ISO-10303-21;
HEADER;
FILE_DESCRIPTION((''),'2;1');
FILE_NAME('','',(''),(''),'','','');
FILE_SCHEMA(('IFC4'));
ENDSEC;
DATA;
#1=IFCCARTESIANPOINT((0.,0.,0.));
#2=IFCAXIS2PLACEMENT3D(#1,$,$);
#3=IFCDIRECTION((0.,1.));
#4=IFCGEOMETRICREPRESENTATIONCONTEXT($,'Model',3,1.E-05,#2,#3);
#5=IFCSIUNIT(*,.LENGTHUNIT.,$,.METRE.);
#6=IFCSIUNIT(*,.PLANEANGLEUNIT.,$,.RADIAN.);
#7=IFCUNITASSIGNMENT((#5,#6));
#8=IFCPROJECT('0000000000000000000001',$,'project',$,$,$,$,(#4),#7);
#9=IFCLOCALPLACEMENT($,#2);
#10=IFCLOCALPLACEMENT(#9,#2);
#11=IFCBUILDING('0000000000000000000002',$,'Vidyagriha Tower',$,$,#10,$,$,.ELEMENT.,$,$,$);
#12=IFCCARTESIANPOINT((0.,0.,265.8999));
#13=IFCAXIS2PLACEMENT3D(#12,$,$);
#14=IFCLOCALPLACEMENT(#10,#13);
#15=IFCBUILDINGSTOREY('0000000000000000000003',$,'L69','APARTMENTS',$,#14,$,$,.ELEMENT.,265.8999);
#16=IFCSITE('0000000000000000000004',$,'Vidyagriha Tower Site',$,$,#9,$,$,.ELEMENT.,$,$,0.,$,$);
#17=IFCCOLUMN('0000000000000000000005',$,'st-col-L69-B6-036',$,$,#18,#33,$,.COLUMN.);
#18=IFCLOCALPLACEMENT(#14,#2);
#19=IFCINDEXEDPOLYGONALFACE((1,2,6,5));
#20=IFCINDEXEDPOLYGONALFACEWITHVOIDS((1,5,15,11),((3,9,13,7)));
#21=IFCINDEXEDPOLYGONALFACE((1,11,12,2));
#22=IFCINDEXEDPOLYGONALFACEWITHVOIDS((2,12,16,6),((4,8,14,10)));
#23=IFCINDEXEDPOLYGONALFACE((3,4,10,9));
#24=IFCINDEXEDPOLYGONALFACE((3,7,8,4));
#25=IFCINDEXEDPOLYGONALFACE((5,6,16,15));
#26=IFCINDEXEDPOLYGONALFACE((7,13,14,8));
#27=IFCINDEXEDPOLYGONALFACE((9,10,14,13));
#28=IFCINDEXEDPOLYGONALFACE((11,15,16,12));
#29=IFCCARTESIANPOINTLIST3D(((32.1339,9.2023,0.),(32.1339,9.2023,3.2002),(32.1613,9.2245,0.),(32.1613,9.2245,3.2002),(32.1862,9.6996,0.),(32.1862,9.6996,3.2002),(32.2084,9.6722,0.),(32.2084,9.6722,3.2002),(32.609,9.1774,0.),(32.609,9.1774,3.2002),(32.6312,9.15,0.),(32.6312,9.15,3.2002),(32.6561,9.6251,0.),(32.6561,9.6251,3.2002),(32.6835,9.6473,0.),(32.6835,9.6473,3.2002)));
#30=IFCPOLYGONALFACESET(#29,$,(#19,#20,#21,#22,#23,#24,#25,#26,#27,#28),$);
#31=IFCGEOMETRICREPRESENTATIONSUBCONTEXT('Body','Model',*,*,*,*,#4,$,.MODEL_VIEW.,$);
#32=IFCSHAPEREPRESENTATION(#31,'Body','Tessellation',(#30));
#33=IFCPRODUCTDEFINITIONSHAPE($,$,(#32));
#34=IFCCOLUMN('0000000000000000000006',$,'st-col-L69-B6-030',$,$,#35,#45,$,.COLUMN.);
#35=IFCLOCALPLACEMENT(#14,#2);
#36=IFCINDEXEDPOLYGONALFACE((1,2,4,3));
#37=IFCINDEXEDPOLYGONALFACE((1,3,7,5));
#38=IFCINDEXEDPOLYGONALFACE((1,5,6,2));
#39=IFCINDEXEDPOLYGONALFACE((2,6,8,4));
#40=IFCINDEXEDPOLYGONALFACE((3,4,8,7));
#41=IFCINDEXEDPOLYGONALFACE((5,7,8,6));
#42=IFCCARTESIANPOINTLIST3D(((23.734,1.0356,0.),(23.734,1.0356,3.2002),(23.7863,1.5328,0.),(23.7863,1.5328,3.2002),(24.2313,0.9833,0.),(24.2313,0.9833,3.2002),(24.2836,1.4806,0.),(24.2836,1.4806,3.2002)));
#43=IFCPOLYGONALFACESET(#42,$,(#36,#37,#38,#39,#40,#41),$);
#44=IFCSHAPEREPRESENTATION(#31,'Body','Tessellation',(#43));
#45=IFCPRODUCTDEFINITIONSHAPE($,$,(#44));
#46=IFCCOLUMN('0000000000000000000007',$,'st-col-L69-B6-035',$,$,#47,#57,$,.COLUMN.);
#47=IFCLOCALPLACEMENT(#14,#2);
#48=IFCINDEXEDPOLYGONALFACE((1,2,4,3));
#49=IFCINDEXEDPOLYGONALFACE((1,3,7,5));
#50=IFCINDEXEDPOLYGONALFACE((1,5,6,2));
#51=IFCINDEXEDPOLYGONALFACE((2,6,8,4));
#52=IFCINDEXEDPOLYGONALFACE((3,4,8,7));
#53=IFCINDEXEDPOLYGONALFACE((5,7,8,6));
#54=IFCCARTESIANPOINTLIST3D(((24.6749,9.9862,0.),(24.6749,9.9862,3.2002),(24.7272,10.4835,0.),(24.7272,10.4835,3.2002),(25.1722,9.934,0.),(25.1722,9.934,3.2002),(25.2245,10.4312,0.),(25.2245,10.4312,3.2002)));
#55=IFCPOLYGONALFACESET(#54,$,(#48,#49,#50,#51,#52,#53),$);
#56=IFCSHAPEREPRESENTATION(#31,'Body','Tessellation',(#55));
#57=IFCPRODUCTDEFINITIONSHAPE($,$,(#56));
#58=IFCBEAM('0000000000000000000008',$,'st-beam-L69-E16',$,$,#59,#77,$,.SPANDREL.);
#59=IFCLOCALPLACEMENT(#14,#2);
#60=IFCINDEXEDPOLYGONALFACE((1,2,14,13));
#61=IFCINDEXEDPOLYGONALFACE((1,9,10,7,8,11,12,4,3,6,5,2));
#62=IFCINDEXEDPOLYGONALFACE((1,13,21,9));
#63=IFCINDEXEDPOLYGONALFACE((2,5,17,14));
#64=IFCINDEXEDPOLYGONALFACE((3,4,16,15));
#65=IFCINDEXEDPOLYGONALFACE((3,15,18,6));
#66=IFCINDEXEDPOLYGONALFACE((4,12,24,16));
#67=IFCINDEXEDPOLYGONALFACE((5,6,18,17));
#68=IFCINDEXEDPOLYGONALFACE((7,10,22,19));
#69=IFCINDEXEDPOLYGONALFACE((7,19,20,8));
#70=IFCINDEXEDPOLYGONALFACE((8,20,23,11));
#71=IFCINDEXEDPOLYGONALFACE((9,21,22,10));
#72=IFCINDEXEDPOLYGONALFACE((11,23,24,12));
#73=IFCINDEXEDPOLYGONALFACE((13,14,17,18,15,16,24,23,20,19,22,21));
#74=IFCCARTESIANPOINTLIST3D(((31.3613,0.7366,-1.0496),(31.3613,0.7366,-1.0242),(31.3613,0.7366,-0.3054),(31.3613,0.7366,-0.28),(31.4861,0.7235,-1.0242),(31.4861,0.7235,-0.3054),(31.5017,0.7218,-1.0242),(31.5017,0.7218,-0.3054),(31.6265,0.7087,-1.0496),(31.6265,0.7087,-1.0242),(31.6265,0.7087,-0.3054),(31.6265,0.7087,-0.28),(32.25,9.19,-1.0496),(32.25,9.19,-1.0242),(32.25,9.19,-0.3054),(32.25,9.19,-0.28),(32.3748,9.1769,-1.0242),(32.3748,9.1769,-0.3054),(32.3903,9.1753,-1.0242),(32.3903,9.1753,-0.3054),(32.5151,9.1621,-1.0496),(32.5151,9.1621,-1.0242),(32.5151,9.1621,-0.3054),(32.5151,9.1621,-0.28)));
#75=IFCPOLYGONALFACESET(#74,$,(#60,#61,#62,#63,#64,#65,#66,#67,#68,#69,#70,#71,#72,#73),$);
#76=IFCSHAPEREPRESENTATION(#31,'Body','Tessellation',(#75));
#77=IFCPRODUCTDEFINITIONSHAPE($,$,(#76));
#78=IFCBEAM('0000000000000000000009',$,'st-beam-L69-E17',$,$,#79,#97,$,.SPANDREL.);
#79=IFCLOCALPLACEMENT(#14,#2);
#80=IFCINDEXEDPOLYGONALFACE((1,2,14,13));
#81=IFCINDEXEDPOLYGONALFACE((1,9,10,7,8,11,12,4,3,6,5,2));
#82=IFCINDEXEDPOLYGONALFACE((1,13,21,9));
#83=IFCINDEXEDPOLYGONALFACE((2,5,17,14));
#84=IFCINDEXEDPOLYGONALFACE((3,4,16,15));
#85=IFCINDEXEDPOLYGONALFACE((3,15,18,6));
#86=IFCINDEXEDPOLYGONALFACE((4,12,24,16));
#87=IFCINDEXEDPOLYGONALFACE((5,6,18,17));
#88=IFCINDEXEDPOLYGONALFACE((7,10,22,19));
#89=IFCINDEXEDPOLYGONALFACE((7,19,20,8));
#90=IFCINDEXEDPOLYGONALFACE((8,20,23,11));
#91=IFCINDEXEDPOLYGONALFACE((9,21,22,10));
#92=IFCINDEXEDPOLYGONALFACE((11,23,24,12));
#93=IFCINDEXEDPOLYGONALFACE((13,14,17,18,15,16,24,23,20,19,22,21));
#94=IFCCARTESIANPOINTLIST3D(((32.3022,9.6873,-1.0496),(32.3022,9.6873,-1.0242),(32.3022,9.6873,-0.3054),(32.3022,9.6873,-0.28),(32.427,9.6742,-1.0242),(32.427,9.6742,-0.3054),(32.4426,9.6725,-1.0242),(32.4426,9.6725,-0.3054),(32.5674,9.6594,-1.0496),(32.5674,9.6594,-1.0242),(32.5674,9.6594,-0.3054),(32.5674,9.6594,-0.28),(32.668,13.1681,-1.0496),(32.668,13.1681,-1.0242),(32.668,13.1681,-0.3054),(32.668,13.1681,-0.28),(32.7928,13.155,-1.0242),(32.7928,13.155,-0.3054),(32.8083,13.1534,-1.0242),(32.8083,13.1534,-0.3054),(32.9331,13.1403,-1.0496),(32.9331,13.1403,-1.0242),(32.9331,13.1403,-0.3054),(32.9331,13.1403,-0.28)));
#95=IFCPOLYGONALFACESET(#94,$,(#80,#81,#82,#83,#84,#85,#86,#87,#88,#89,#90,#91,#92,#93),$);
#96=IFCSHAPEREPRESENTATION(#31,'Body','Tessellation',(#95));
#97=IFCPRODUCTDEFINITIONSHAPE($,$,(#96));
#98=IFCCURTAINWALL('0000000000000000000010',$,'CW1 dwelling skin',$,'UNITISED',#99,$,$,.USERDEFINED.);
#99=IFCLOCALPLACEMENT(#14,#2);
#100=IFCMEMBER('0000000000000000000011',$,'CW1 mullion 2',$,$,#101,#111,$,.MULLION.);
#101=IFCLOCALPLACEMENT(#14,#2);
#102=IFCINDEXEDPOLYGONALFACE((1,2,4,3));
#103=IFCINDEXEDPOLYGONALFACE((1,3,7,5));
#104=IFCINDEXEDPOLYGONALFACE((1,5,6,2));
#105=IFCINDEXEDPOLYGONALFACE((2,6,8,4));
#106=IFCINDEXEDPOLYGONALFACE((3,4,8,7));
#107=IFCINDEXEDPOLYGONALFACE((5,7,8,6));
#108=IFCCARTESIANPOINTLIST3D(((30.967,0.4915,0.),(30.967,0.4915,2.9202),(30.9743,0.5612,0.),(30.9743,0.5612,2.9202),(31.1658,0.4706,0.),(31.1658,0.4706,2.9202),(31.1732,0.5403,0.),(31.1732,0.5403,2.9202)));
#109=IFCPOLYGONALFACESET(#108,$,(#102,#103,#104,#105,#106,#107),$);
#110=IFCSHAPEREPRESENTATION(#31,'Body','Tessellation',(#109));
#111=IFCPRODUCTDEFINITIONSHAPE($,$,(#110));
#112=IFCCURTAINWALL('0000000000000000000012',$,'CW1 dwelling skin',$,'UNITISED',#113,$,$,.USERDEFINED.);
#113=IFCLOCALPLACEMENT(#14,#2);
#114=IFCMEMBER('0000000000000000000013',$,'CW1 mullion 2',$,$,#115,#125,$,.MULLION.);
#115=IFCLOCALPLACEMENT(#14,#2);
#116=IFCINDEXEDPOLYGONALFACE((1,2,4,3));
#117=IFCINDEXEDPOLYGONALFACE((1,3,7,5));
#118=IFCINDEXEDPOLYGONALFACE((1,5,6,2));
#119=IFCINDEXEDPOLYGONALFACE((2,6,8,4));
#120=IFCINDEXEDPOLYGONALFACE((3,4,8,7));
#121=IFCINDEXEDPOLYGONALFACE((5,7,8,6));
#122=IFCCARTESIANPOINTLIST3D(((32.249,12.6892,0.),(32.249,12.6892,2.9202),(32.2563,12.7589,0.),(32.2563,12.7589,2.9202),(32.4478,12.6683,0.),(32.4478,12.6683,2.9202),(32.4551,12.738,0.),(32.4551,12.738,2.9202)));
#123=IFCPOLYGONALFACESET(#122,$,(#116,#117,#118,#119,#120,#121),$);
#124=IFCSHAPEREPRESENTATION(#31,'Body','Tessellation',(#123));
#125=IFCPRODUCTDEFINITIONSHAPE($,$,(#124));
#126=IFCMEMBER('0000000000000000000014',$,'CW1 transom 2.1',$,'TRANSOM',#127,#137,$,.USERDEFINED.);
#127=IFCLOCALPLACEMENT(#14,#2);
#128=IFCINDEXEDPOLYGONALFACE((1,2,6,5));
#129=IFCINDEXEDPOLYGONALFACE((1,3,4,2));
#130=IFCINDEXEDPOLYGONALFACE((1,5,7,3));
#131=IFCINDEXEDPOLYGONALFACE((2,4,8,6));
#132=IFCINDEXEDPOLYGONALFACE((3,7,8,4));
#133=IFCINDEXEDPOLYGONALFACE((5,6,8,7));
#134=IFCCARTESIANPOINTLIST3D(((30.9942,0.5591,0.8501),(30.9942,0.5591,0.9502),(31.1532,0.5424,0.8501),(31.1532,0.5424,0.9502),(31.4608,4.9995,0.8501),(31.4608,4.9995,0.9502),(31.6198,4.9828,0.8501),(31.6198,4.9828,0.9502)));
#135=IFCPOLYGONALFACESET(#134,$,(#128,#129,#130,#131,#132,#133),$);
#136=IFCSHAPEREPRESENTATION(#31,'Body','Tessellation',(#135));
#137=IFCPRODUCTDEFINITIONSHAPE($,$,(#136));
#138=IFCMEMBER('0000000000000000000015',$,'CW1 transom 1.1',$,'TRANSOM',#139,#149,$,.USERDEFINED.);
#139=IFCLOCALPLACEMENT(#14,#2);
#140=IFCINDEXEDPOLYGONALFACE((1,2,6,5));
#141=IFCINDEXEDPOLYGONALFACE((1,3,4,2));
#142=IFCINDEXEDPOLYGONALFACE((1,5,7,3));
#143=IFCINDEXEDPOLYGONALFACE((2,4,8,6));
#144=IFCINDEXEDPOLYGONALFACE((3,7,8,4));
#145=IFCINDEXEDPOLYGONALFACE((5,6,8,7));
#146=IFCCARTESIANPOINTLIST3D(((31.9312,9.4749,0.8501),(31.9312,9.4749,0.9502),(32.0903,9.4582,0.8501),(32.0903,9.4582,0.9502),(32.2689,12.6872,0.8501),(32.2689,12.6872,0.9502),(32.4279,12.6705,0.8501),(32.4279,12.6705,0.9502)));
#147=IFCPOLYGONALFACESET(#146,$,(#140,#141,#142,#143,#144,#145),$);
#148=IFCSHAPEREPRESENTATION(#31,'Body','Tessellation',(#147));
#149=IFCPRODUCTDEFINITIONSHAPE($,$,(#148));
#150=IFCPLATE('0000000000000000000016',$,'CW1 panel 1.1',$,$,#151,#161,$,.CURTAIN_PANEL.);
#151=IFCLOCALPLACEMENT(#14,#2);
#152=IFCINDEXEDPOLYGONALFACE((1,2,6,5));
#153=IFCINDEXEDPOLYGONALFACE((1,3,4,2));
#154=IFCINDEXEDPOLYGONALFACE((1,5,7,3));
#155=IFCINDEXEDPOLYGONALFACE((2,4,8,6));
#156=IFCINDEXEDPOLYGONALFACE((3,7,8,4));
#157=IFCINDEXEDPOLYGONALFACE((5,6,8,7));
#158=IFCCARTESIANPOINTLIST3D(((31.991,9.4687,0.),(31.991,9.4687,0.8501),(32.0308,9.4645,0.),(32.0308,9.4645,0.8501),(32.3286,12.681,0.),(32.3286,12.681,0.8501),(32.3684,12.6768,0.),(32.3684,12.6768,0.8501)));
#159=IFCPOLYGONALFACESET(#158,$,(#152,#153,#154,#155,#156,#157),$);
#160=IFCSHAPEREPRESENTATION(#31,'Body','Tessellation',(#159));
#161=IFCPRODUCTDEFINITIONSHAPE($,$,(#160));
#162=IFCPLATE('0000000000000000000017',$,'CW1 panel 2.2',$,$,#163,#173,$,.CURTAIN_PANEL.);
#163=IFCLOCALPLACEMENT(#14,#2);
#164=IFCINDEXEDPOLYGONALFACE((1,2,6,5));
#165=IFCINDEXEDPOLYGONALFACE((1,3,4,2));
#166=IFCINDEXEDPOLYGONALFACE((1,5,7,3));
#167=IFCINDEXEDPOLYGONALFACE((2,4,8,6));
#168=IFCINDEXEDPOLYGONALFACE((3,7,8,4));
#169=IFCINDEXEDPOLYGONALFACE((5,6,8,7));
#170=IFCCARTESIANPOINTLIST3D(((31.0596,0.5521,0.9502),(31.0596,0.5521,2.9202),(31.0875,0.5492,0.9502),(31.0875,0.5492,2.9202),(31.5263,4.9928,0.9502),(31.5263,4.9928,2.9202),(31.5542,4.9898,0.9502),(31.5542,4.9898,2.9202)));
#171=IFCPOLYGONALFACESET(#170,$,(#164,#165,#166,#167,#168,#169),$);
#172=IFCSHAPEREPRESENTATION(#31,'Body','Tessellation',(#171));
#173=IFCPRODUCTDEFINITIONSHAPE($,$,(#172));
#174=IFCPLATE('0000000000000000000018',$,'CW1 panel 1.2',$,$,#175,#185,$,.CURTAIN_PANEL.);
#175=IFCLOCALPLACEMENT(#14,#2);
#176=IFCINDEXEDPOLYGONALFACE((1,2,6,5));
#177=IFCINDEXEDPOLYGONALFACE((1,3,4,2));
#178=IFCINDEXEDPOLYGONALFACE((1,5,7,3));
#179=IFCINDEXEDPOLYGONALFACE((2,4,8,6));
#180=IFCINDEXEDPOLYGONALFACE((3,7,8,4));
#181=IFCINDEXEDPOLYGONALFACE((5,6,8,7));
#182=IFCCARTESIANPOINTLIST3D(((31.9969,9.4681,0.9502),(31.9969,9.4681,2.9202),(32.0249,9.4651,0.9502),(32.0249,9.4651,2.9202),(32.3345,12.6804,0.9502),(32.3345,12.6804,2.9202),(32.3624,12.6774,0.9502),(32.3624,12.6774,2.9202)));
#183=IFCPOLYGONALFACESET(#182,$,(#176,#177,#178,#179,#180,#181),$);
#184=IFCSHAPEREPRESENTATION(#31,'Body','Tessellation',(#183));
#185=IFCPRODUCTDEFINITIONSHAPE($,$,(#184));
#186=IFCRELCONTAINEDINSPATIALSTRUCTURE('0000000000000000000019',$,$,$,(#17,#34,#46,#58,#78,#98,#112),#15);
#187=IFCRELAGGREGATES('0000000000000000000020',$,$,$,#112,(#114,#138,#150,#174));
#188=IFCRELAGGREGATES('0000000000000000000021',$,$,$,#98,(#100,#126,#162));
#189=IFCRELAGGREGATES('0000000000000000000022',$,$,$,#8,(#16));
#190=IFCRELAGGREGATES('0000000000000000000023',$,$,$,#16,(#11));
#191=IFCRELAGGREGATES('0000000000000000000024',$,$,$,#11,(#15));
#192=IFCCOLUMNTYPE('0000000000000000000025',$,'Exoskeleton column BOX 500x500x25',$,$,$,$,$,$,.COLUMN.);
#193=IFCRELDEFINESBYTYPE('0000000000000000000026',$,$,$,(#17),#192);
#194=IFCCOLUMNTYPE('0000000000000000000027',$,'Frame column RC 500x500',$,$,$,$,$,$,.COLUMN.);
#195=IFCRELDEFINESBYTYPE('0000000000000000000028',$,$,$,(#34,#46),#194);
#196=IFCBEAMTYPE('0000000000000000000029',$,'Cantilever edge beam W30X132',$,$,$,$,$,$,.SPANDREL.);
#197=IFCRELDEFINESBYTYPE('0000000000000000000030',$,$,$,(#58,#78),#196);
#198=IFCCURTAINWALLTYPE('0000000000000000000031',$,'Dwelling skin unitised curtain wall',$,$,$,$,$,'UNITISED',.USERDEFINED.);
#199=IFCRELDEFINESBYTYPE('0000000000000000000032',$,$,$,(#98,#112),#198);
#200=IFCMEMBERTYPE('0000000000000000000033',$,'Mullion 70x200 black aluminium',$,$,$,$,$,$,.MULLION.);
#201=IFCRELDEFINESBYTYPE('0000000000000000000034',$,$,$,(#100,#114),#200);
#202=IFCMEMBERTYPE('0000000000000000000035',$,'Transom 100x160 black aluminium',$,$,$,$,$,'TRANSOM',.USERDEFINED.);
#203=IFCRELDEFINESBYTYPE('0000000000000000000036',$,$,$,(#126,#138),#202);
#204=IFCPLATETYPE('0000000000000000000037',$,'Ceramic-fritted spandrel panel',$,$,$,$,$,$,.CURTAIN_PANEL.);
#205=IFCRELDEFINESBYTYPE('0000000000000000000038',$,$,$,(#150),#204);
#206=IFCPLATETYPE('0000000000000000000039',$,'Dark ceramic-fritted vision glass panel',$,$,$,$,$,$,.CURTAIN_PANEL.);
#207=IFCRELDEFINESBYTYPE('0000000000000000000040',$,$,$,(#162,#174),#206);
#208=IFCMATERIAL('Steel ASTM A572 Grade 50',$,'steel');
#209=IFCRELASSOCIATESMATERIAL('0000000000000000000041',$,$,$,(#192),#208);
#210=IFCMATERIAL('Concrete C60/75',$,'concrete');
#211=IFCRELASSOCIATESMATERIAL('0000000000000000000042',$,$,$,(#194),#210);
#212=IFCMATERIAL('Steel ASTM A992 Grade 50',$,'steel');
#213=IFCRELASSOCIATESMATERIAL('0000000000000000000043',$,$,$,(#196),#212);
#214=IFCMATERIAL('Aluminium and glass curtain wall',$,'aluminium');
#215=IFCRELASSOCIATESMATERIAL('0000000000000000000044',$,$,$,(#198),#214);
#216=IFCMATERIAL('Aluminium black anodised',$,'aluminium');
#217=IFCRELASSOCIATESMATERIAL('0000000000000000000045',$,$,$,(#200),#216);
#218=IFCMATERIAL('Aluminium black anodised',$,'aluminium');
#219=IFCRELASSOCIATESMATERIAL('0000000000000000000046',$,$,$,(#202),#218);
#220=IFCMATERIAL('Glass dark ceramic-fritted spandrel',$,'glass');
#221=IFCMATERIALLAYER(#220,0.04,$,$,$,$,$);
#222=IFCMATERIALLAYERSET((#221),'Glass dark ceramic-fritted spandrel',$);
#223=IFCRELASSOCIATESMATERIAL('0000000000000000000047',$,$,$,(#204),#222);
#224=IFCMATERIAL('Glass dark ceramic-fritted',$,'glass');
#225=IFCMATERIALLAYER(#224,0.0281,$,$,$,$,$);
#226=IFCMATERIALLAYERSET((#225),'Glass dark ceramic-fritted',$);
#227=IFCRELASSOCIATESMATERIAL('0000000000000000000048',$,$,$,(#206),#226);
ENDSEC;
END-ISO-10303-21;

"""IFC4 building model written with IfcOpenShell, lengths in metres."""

from ifc_helpers import new_model, si_unit, direction, frame, origin, origin_2d, place, context, subcontext, project, spatial, rectangle, hollow_rectangle, i_section, extrude, material, layer, layer_set, material_profile, profile_set, type_object, element, aggregate, save


model = new_model("IFC4")

# Units and contexts
model_context = context("Model", 3, precision=1e-05, world=origin(), true_north=direction((0.0, 1.0)))
body_context = subcontext(model_context, "Body", "Model", "MODEL_VIEW")
ifc_project = project(units=[si_unit("LENGTHUNIT", "METRE"), si_unit("PLANEANGLEUNIT", "RADIAN")], contexts=[model_context])

# Site, building, storey
site_placement = place(None, origin())
site = spatial("IfcSite", under=ifc_project, at=site_placement, Name="Vidyagriha Tower Site", CompositionType="ELEMENT", RefElevation=0.0)
building_placement = place(site_placement, origin())
building = spatial("IfcBuilding", under=site, at=building_placement, Name="Vidyagriha Tower", CompositionType="ELEMENT")
storey_placement = place(building_placement, frame((0.0, 0.0, 265.8999)))
storey = spatial("IfcBuildingStorey", under=building, at=storey_placement, Name="L69", Description="APARTMENTS", CompositionType="ELEMENT", Elevation=265.8999)

# Columns
ifc_material_1 = material(Name="Steel ASTM A572 Grade 50", Category="steel")
ifc_material_profile_1 = material_profile(ifc_material_1, hollow_rectangle(XDim=0.5, YDim=0.5, WallThickness=0.0249, at=origin_2d()), Name="BOX 500x500x25")
ifc_profile_set_1 = profile_set([ifc_material_profile_1], Name="Steel ASTM A572 Grade 50")
column_type_1 = type_object("IfcColumnType", Name="Exoskeleton column BOX 500x500x25", PredefinedType="COLUMN", material=ifc_profile_set_1)
column_placement = place(storey_placement, frame((32.4087, 9.4248, 0.0), z_axis=(0.0, 0.0, 1.0), x_axis=(0.994522, -0.104528, 0.0)))
element("IfcColumn", 1, at=column_placement, inside=storey, type_object=column_type_1, Name="st-col-L69-B6-036", PredefinedType="COLUMN", context=body_context, shape_type="SweptSolid", body=[
    extrude(hollow_rectangle(XDim=0.5, YDim=0.5, WallThickness=0.0249, at=origin_2d()), origin(), (0.0, 0.0, 1.0), 3.2002),
])
ifc_material_2 = material(Name="Concrete C60/75", Category="concrete")
ifc_material_profile_2 = material_profile(ifc_material_2, rectangle(XDim=0.5, YDim=0.5, at=origin_2d()), Name="RC 500x500")
ifc_profile_set_2 = profile_set([ifc_material_profile_2], Name="Concrete C60/75")
column_type_2 = type_object("IfcColumnType", Name="Frame column RC 500x500", PredefinedType="COLUMN", material=ifc_profile_set_2)
for number, where, z_axis, x_axis, name in (
    (2, (24.0088, 1.2581, 0.0), (0.0, 0.0, 1.0), (0.994522, -0.104528, 0.0), "st-col-L69-B6-030"),
    (3, (24.9497, 10.2087, 0.0), (0.0, 0.0, 1.0), (0.994522, -0.104528, 0.0), "st-col-L69-B6-035"),
):
    element("IfcColumn", number, at=place(storey_placement, frame(where, z_axis=z_axis, x_axis=x_axis)), inside=storey, type_object=column_type_2, Name=name, PredefinedType="COLUMN", context=body_context, shape_type="SweptSolid", body=[
        extrude(rectangle(XDim=0.5, YDim=0.5, at=origin_2d()), origin(), (0.0, 0.0, 1.0), 3.2002),
    ])

# Beams
ifc_material_3 = material(Name="Steel ASTM A992 Grade 50", Category="steel")
ifc_material_profile_3 = material_profile(ifc_material_3, i_section(OverallWidth=0.2666, OverallDepth=0.7695, WebThickness=0.0156, FlangeThickness=0.0254, at=origin_2d()), Name="W30X132")
ifc_profile_set_3 = profile_set([ifc_material_profile_3], Name="Steel ASTM A992 Grade 50")
beam_type = type_object("IfcBeamType", Name="Cantilever edge beam W30X132", PredefinedType="SPANDREL", material=ifc_profile_set_3)
beam_1_placement = place(storey_placement, frame((31.4939, 0.7227, -0.6648), z_axis=(0.10455, 0.99452, 0.0), x_axis=(-0.99452, 0.10455, 0.0)))
element("IfcBeam", 4, at=beam_1_placement, inside=storey, type_object=beam_type, Name="st-beam-L69-E16", PredefinedType="SPANDREL", context=body_context, shape_type="SweptSolid", body=[
    extrude(i_section(OverallWidth=0.2666, OverallDepth=0.7695, WebThickness=0.0156, FlangeThickness=0.0254, at=origin_2d()), origin(), (0.0, 0.0, 1.0), 8.5),
])
beam_2_placement = place(storey_placement, frame((32.4348, 9.6733, -0.6648), z_axis=(0.104489, 0.994526, 0.0), x_axis=(-0.994526, 0.104489, 0.0)))
element("IfcBeam", 5, at=beam_2_placement, inside=storey, type_object=beam_type, Name="st-beam-L69-E17", PredefinedType="SPANDREL", context=body_context, shape_type="SweptSolid", body=[
    extrude(i_section(OverallWidth=0.2666, OverallDepth=0.7695, WebThickness=0.0156, FlangeThickness=0.0254, at=origin_2d()), origin(), (0.0, 0.0, 1.0), 3.5),
])

# Curtain walls, members
ifc_material_4 = material(Name="Aluminium and glass curtain wall", Category="aluminium")
curtain_wall_type = type_object("IfcCurtainWallType", Name="Dwelling skin unitised curtain wall", ElementType="UNITISED", PredefinedType="USERDEFINED", material=ifc_material_4)
curtain_wall_1_placement = place(storey_placement, origin())
curtain_wall_1 = element("IfcCurtainWall", 6, at=curtain_wall_1_placement, inside=storey, type_object=curtain_wall_type, Name="CW1 dwelling skin", ObjectType="UNITISED", PredefinedType="USERDEFINED")
ifc_material_5 = material(Name="Aluminium black anodised", Category="aluminium")
ifc_material_profile_4 = material_profile(ifc_material_5, rectangle(XDim=0.2, YDim=0.0701, at=origin_2d()), Name="Mullion 70x200 black aluminium")
ifc_profile_set_4 = profile_set([ifc_material_profile_4], Name="Aluminium black anodised")
member_type_1 = type_object("IfcMemberType", Name="Mullion 70x200 black aluminium", PredefinedType="MULLION", material=ifc_profile_set_4)
member_1_placement = place(storey_placement, frame((31.0701, 0.5159, 0.0), z_axis=(0.0, 0.0, 1.0), x_axis=(-0.994522, 0.10453, 0.0)))
member_1 = element("IfcMember", 7, at=member_1_placement, type_object=member_type_1, Name="CW1 mullion 2", PredefinedType="MULLION", context=body_context, shape_type="SweptSolid", body=[
    extrude(rectangle(XDim=0.2, YDim=0.0701, at=origin_2d()), origin(), (0.0, 0.0, 1.0), 2.9202),
])
curtain_wall_2_placement = place(storey_placement, origin())
curtain_wall_2 = element("IfcCurtainWall", 8, at=curtain_wall_2_placement, inside=storey, type_object=curtain_wall_type, Name="CW1 dwelling skin", ObjectType="UNITISED", PredefinedType="USERDEFINED")
member_2_placement = place(storey_placement, frame((32.3521, 12.7136, 0.0), z_axis=(0.0, 0.0, 1.0), x_axis=(-0.994523, 0.104516, 0.0)))
member_2 = element("IfcMember", 9, at=member_2_placement, type_object=member_type_1, Name="CW1 mullion 2", PredefinedType="MULLION", context=body_context, shape_type="SweptSolid", body=[
    extrude(rectangle(XDim=0.2, YDim=0.0701, at=origin_2d()), origin(), (0.0, 0.0, 1.0), 2.9202),
])

# Members
ifc_material_6 = material(Name="Aluminium black anodised", Category="aluminium")
ifc_material_profile_5 = material_profile(ifc_material_6, rectangle(XDim=0.1599, YDim=0.1001, at=origin_2d()), Name="Transom 100x160 black aluminium")
ifc_profile_set_5 = profile_set([ifc_material_profile_5], Name="Aluminium black anodised")
member_type_2 = type_object("IfcMemberType", Name="Transom 100x160 black aluminium", ElementType="TRANSOM", PredefinedType="USERDEFINED", material=ifc_profile_set_5)
member_3_placement = place(storey_placement, frame((31.0737, 0.5508, 0.9001), z_axis=(0.104494, 0.994526, 0.0), x_axis=(-0.994526, 0.104494, 0.0)))
member_3 = element("IfcMember", 10, at=member_3_placement, type_object=member_type_2, Name="CW1 transom 2.1", ObjectType="TRANSOM", PredefinedType="USERDEFINED", context=body_context, shape_type="SweptSolid", body=[
    extrude(rectangle(XDim=0.1599, YDim=0.1001, at=origin_2d()), origin(), (0.0, 0.0, 1.0), 4.4648),
])
member_4_placement = place(storey_placement, frame((32.0107, 9.4666, 0.9001), z_axis=(0.104531, 0.994522, 0.0), x_axis=(-0.994522, 0.104531, 0.0)))
member_4 = element("IfcMember", 11, at=member_4_placement, type_object=member_type_2, Name="CW1 transom 1.1", ObjectType="TRANSOM", PredefinedType="USERDEFINED", context=body_context, shape_type="SweptSolid", body=[
    extrude(rectangle(XDim=0.1599, YDim=0.1001, at=origin_2d()), origin(), (0.0, 0.0, 1.0), 3.23),
])

# Plates
ifc_material_7 = material(Name="Glass dark ceramic-fritted spandrel", Category="glass")
ifc_layer_1 = layer(ifc_material_7, 0.04)
ifc_layer_set_1 = layer_set([ifc_layer_1], Name="Glass dark ceramic-fritted spandrel")
plate_type_1 = type_object("IfcPlateType", Name="Ceramic-fritted spandrel panel", PredefinedType="CURTAIN_PANEL", material=ifc_layer_set_1)
plate_1_placement = place(storey_placement, frame((32.1797, 11.0728, 0.0), z_axis=(0.0, 0.0, 1.0), x_axis=(0.104516, 0.994523, 0.0)))
plate_1 = element("IfcPlate", 12, at=plate_1_placement, type_object=plate_type_1, Name="CW1 panel 1.1", PredefinedType="CURTAIN_PANEL", context=body_context, shape_type="SweptSolid", body=[
    extrude(rectangle(XDim=3.23, YDim=0.04, at=origin_2d()), origin(), (0.0, 0.0, 1.0), 0.8501),
])
ifc_material_8 = material(Name="Glass dark ceramic-fritted", Category="glass")
ifc_layer_2 = layer(ifc_material_8, 0.0281)
ifc_layer_set_2 = layer_set([ifc_layer_2], Name="Glass dark ceramic-fritted")
plate_type_2 = type_object("IfcPlateType", Name="Dark ceramic-fritted vision glass panel", PredefinedType="CURTAIN_PANEL", material=ifc_layer_set_2)
plate_2_placement = place(storey_placement, frame((31.3069, 2.771, 0.9502), z_axis=(0.0, 0.0, 1.0), x_axis=(0.10453, 0.994522, 0.0)))
plate_2 = element("IfcPlate", 13, at=plate_2_placement, type_object=plate_type_2, Name="CW1 panel 2.2", PredefinedType="CURTAIN_PANEL", context=body_context, shape_type="SweptSolid", body=[
    extrude(rectangle(XDim=4.4651, YDim=0.0281, at=origin_2d()), origin(), (0.0, 0.0, 1.0), 1.97),
])
plate_3_placement = place(storey_placement, frame((32.1797, 11.0728, 0.9502), z_axis=(0.0, 0.0, 1.0), x_axis=(0.104516, 0.994523, 0.0)))
plate_3 = element("IfcPlate", 14, at=plate_3_placement, type_object=plate_type_2, Name="CW1 panel 1.2", PredefinedType="CURTAIN_PANEL", context=body_context, shape_type="SweptSolid", body=[
    extrude(rectangle(XDim=3.23, YDim=0.0281, at=origin_2d()), origin(), (0.0, 0.0, 1.0), 1.97),
])
aggregate(curtain_wall_2, [member_2, member_4, plate_1, plate_3])
aggregate(curtain_wall_1, [member_1, member_3, plate_2])

save(model, "model.ifc")
